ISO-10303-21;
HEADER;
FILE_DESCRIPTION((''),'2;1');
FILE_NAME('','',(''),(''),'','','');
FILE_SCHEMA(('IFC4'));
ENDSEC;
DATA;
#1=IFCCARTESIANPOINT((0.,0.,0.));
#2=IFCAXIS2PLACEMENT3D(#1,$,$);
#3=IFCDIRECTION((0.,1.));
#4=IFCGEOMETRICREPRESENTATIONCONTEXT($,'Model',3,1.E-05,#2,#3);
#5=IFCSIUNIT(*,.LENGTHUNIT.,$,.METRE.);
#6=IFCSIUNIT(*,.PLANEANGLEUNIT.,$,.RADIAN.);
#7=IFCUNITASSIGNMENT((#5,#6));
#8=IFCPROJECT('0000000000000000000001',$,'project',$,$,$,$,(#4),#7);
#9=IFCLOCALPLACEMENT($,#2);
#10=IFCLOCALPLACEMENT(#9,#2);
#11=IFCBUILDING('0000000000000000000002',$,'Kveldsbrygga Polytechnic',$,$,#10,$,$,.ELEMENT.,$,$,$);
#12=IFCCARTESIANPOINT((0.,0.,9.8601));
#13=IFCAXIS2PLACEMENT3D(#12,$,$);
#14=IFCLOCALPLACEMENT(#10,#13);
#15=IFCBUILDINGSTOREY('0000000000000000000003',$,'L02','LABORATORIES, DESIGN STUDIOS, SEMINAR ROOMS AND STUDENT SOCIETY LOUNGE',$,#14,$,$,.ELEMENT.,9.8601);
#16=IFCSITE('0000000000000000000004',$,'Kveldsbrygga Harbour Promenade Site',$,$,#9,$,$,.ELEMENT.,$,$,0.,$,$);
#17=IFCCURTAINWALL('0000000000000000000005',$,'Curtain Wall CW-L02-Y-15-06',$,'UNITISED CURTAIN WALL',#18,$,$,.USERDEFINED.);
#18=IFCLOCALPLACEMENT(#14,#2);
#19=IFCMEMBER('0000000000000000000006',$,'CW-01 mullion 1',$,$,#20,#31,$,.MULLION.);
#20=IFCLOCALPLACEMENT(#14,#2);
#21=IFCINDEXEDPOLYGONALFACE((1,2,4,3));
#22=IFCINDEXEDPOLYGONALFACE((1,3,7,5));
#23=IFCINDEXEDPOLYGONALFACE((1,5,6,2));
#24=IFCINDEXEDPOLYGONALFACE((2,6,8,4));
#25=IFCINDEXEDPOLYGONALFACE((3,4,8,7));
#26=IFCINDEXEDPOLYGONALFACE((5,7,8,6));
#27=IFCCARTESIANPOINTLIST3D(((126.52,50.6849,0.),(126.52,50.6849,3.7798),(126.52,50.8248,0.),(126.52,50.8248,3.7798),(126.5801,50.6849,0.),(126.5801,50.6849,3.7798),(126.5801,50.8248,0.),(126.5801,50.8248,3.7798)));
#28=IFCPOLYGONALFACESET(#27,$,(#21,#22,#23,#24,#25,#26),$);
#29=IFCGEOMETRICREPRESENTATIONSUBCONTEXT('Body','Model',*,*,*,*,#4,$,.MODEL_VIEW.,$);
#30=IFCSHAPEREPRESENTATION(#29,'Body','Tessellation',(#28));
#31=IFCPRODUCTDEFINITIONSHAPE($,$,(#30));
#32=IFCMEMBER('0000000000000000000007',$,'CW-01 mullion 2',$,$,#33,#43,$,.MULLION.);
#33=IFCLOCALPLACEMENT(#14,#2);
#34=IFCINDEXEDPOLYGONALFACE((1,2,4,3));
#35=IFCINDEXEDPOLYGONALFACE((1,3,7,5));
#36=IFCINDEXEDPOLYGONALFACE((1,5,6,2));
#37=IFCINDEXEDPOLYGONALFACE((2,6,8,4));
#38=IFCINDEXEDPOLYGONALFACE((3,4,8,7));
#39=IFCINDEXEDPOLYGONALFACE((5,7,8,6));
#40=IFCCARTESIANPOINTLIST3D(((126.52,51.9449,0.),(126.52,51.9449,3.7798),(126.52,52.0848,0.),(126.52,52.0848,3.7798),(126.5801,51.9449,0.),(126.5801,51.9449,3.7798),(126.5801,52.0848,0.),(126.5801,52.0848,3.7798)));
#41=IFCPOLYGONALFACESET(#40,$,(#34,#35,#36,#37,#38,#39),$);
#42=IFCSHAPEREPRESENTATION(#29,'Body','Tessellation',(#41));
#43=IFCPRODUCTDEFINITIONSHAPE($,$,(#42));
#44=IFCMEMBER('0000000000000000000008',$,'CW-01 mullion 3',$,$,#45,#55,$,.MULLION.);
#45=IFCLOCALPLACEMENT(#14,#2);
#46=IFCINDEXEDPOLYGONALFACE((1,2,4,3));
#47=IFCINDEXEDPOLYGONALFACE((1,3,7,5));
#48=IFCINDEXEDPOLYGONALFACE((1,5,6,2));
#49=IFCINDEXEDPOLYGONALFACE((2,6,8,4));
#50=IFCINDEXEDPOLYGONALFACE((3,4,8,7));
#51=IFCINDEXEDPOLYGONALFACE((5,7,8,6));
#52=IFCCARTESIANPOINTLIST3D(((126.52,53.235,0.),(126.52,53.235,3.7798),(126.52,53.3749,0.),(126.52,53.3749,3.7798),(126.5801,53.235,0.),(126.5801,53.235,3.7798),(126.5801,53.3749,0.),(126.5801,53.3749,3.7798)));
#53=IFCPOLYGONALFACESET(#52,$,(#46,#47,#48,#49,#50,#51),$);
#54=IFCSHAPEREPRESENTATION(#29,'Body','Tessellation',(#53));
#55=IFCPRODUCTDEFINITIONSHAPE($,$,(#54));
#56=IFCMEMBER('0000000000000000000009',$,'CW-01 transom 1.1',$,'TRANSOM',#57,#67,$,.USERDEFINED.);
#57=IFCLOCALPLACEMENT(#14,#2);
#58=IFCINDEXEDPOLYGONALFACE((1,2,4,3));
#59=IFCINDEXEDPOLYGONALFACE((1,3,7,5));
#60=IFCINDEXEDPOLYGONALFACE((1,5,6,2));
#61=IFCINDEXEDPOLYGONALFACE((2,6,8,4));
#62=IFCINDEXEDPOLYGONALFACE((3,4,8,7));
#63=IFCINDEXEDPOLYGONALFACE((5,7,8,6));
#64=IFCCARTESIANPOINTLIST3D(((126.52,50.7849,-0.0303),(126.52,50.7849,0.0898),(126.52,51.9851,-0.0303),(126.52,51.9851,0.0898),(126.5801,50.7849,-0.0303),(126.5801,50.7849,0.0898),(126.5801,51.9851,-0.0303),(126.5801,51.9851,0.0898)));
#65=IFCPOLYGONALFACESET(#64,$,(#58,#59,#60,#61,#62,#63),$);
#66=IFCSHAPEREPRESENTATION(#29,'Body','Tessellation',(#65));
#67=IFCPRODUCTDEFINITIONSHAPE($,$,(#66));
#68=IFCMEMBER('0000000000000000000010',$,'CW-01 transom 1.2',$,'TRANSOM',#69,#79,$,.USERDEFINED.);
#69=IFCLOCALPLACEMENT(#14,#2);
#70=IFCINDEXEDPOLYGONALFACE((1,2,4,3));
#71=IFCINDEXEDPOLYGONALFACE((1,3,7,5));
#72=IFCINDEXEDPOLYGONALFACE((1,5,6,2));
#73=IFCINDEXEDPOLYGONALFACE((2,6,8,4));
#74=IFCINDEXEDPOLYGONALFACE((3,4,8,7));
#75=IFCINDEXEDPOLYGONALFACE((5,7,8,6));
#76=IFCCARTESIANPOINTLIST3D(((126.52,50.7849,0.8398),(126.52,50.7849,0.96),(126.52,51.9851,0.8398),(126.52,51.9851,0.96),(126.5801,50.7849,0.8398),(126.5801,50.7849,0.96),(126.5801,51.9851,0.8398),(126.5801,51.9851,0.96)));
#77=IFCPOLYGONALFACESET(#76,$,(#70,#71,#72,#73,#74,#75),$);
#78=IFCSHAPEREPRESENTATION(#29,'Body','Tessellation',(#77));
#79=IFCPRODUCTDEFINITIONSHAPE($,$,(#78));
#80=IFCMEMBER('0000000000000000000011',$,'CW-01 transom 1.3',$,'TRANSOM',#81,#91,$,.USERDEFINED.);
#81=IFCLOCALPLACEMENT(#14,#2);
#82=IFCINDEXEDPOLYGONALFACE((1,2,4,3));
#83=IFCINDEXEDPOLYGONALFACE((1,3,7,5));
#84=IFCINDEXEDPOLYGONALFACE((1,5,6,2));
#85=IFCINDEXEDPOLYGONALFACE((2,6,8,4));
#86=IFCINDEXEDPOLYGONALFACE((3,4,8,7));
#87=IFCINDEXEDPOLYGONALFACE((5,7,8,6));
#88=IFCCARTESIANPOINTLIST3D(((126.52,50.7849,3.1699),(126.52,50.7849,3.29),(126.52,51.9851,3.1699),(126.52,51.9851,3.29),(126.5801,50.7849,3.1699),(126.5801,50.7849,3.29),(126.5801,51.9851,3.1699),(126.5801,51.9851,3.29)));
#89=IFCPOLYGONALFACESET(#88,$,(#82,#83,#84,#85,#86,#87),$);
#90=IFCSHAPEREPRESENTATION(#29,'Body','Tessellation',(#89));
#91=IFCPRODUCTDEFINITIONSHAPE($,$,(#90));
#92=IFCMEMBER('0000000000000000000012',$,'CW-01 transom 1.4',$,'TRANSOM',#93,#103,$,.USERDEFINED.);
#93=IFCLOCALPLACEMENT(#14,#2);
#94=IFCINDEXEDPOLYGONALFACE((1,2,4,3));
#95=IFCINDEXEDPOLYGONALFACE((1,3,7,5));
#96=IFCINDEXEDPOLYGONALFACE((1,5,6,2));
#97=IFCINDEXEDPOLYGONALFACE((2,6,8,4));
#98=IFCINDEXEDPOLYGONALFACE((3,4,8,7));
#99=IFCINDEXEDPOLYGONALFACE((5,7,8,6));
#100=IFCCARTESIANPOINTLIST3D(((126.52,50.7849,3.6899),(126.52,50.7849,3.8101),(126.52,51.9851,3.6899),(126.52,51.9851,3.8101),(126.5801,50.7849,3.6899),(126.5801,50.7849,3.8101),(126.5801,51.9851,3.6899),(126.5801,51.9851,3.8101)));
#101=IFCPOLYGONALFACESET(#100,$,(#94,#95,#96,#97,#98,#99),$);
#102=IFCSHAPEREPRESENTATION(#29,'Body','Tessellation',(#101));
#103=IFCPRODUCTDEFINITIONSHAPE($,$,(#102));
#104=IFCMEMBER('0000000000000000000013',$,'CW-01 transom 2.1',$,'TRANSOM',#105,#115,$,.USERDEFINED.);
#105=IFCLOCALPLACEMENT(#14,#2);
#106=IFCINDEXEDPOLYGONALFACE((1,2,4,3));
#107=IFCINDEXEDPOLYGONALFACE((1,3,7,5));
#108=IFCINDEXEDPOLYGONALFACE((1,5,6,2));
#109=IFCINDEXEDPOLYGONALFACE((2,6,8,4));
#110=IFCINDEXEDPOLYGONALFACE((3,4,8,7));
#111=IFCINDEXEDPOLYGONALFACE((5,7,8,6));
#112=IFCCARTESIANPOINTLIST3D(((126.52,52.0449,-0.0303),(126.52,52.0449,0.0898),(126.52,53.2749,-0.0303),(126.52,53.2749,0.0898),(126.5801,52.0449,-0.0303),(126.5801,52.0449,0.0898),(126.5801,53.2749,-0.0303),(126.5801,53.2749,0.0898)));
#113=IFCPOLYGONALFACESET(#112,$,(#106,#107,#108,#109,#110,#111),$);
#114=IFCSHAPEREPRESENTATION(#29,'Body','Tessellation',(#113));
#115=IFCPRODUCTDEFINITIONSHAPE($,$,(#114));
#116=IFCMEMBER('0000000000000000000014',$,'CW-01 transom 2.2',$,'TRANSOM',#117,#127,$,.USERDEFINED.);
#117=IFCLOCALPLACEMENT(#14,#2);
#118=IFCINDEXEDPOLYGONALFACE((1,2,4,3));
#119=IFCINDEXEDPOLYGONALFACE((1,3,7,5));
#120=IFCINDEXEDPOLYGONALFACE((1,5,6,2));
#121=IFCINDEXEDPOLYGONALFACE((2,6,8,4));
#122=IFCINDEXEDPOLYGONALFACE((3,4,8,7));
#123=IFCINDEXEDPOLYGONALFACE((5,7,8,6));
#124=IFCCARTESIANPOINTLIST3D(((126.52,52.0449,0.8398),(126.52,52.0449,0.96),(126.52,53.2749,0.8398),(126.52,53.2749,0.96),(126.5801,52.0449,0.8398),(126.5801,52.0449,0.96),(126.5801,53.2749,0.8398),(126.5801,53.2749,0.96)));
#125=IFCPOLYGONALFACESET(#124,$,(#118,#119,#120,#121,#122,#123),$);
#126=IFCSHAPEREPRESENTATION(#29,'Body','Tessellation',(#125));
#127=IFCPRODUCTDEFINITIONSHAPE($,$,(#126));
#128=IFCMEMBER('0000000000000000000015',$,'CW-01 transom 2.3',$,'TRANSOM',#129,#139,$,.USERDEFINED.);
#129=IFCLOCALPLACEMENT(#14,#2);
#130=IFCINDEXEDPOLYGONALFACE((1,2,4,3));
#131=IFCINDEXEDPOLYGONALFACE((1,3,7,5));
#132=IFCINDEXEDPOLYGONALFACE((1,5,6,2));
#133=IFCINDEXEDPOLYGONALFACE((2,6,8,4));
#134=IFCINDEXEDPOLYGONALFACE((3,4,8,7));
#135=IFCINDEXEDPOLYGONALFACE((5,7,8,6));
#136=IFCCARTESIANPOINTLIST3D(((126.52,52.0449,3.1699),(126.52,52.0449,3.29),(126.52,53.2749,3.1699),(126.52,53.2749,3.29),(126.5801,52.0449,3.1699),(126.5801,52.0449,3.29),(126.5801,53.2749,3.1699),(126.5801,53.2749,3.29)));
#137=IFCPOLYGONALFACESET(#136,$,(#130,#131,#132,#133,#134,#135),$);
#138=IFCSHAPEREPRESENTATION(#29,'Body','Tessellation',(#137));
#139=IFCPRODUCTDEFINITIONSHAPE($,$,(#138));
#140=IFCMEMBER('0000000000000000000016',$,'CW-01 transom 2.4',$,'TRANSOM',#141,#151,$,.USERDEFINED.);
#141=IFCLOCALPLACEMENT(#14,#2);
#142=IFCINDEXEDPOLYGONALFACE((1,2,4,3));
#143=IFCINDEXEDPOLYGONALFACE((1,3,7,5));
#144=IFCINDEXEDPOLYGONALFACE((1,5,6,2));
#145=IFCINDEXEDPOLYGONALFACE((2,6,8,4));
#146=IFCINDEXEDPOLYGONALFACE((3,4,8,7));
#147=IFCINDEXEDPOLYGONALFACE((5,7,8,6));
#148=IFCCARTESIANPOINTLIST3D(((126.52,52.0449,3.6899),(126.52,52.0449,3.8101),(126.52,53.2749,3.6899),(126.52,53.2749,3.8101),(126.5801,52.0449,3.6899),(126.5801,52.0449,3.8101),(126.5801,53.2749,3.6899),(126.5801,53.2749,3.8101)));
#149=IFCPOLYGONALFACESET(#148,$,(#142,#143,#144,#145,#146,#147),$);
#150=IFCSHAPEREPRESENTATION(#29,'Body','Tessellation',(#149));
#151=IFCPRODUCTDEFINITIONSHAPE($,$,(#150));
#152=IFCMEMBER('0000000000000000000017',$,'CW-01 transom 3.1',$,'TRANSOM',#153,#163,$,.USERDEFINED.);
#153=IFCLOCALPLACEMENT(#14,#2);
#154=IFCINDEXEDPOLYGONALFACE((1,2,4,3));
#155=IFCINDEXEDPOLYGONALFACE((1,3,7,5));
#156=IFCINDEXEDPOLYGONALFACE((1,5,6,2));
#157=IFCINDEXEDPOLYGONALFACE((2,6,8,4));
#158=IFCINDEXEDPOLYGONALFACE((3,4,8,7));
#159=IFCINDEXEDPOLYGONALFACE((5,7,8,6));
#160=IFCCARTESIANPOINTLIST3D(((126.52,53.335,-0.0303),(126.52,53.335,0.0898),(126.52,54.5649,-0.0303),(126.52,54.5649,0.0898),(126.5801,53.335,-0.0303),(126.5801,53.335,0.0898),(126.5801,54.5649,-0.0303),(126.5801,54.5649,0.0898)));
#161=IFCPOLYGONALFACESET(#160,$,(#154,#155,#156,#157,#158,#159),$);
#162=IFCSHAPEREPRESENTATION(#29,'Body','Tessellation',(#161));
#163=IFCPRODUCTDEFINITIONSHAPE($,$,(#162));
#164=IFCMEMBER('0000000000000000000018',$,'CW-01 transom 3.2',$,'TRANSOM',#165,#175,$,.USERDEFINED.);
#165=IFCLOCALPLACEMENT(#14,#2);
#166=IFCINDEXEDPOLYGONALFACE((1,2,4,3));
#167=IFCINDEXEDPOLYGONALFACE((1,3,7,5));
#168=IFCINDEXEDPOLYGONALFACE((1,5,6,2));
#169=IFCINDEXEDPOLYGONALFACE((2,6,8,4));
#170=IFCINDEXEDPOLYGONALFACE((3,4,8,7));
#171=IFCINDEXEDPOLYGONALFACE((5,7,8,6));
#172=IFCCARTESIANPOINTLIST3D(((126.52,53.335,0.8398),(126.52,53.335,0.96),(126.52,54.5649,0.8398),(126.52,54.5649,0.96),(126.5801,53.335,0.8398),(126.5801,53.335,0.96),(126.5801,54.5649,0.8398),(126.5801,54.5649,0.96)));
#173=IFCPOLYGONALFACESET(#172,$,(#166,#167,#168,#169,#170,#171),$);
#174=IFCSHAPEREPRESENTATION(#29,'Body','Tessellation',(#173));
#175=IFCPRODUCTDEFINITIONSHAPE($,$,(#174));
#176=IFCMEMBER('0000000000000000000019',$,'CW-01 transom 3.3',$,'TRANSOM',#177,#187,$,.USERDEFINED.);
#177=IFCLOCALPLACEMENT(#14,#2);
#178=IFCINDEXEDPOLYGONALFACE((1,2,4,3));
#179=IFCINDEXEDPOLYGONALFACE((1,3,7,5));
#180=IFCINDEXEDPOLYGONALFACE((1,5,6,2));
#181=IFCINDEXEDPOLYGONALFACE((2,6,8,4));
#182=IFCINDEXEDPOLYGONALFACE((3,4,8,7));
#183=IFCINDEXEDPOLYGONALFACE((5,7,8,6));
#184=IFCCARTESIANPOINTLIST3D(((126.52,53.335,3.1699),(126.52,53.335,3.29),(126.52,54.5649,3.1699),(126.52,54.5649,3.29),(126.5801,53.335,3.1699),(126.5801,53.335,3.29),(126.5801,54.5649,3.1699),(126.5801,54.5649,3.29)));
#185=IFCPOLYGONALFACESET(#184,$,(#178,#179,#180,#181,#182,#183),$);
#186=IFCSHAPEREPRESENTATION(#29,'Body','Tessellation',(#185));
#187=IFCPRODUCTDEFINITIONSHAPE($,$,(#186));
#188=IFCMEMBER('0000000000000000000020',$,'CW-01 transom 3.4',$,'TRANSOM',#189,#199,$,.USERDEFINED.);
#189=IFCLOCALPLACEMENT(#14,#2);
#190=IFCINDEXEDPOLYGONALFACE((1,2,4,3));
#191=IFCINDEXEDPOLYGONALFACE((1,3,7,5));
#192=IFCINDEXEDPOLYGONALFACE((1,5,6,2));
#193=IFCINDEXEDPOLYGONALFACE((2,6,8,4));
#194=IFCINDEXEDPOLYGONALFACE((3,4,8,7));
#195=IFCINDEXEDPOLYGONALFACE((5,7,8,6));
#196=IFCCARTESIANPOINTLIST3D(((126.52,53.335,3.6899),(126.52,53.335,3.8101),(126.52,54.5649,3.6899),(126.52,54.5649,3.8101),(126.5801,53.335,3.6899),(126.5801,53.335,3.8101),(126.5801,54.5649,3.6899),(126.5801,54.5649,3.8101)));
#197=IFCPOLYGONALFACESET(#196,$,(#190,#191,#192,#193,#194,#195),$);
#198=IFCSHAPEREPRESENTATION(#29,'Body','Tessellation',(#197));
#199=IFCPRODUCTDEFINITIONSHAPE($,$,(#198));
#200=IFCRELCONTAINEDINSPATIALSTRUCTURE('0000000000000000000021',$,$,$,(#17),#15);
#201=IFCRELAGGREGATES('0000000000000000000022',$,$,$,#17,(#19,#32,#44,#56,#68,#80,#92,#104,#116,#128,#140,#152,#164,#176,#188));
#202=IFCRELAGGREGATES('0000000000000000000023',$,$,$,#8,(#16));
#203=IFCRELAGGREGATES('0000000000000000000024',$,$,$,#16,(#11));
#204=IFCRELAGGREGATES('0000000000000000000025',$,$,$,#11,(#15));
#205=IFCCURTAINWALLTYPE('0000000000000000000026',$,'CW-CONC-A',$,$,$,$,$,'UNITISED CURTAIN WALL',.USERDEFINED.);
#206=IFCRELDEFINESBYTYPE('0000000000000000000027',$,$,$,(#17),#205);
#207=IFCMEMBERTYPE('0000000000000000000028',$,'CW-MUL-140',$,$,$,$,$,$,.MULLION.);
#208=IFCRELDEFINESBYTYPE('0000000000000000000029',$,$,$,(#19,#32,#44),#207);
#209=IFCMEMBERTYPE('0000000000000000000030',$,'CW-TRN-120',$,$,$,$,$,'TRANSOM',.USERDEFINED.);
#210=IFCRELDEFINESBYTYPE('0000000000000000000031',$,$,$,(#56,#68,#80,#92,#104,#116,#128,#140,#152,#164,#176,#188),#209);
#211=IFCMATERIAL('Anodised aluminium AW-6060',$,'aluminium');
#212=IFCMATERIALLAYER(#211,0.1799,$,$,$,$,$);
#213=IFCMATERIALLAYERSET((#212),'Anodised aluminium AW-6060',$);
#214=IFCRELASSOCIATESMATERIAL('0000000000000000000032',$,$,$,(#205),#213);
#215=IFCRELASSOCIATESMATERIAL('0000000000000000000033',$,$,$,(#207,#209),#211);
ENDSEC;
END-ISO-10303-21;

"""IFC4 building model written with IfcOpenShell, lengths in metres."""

from ifc_helpers import new_model, si_unit, direction, frame, origin, origin_2d, place, context, subcontext, project, spatial, rectangle, extrude, material, layer, layer_set, material_profile, profile_set, type_object, element, aggregate, save


model = new_model("IFC4")

# Units and contexts
model_context = context("Model", 3, precision=1e-05, world=origin(), true_north=direction((0.0, 1.0)))
body_context = subcontext(model_context, "Body", "Model", "MODEL_VIEW")
ifc_project = project(units=[si_unit("LENGTHUNIT", "METRE"), si_unit("PLANEANGLEUNIT", "RADIAN")], contexts=[model_context])

# Site, building, storey
site_placement = place(None, origin())
site = spatial("IfcSite", under=ifc_project, at=site_placement, Name="Kveldsbrygga Harbour Promenade Site", CompositionType="ELEMENT", RefElevation=0.0)
building_placement = place(site_placement, origin())
building = spatial("IfcBuilding", under=site, at=building_placement, Name="Kveldsbrygga Polytechnic", CompositionType="ELEMENT")
storey_placement = place(building_placement, frame((0.0, 0.0, 9.8601)))
storey = spatial("IfcBuildingStorey", under=building, at=storey_placement, Name="L02", Description="LABORATORIES, DESIGN STUDIOS, SEMINAR ROOMS AND STUDENT SOCIETY LOUNGE", CompositionType="ELEMENT", Elevation=9.8601)

# Curtain wall, members
ifc_material_1 = material(Name="Anodised aluminium AW-6060", Category="aluminium")
ifc_layer_1 = layer(ifc_material_1, 0.1799)
ifc_layer_set_1 = layer_set([ifc_layer_1], Name="Anodised aluminium AW-6060")
curtain_wall_type = type_object("IfcCurtainWallType", Name="CW-CONC-A", ElementType="UNITISED CURTAIN WALL", PredefinedType="USERDEFINED", material=ifc_layer_set_1)
curtain_wall_placement = place(storey_placement, origin())
curtain_wall = element("IfcCurtainWall", 1, at=curtain_wall_placement, inside=storey, type_object=curtain_wall_type, Name="Curtain Wall CW-L02-Y-15-06", ObjectType="UNITISED CURTAIN WALL", PredefinedType="USERDEFINED")
ifc_material_profile_1 = material_profile(ifc_material_1, rectangle(XDim=0.0601, YDim=0.1399, at=origin_2d()), Name="ALU 60x140")
ifc_profile_set_1 = profile_set([ifc_material_profile_1], Name="Anodised aluminium AW-6060")
member_type_1 = type_object("IfcMemberType", Name="CW-MUL-140", PredefinedType="MULLION", material=ifc_profile_set_1)
member_1_placement = place(storey_placement, frame((126.55, 50.7549, 0.0), z_axis=(0.0, 0.0, 1.0), x_axis=(-1.0, 0.0, 0.0)))
member_1 = element("IfcMember", 2, at=member_1_placement, type_object=member_type_1, Name="CW-01 mullion 1", PredefinedType="MULLION", context=body_context, shape_type="SweptSolid", body=[
    extrude(rectangle(XDim=0.0601, YDim=0.1399, at=origin_2d()), origin(), (0.0, 0.0, 1.0), 3.7798),
])
member_2_placement = place(storey_placement, frame((126.55, 52.0149, 0.0), z_axis=(0.0, 0.0, 1.0), x_axis=(-1.0, 0.0, 0.0)))
member_2 = element("IfcMember", 3, at=member_2_placement, type_object=member_type_1, Name="CW-01 mullion 2", PredefinedType="MULLION", context=body_context, shape_type="SweptSolid", body=[
    extrude(rectangle(XDim=0.0601, YDim=0.1399, at=origin_2d()), origin(), (0.0, 0.0, 1.0), 3.7798),
])
member_3_placement = place(storey_placement, frame((126.55, 53.3049, 0.0), z_axis=(0.0, 0.0, 1.0), x_axis=(-1.0, 0.0, 0.0)))
member_3 = element("IfcMember", 4, at=member_3_placement, type_object=member_type_1, Name="CW-01 mullion 3", PredefinedType="MULLION", context=body_context, shape_type="SweptSolid", body=[
    extrude(rectangle(XDim=0.0601, YDim=0.1399, at=origin_2d()), origin(), (0.0, 0.0, 1.0), 3.7798),
])
ifc_material_profile_2 = material_profile(ifc_material_1, rectangle(XDim=0.0601, YDim=0.1201, at=origin_2d()), Name="ALU 60x120")
ifc_profile_set_2 = profile_set([ifc_material_profile_2], Name="Anodised aluminium AW-6060")
member_type_2 = type_object("IfcMemberType", Name="CW-TRN-120", ElementType="TRANSOM", PredefinedType="USERDEFINED", material=ifc_profile_set_2)
member_4_placement = place(storey_placement, frame((126.55, 50.7849, 0.0298), z_axis=(0.0, 1.0, 0.0), x_axis=(-1.0, 0.0, 0.0)))
member_4 = element("IfcMember", 5, at=member_4_placement, type_object=member_type_2, Name="CW-01 transom 1.1", ObjectType="TRANSOM", PredefinedType="USERDEFINED", context=body_context, shape_type="SweptSolid", body=[
    extrude(rectangle(XDim=0.0601, YDim=0.1201, at=origin_2d()), origin(), (0.0, 0.0, 1.0), 1.2002),
])
member_5_placement = place(storey_placement, frame((126.55, 50.7849, 0.8999), z_axis=(0.0, 1.0, 0.0), x_axis=(-1.0, 0.0, 0.0)))
member_5 = element("IfcMember", 6, at=member_5_placement, type_object=member_type_2, Name="CW-01 transom 1.2", ObjectType="TRANSOM", PredefinedType="USERDEFINED", context=body_context, shape_type="SweptSolid", body=[
    extrude(rectangle(XDim=0.0601, YDim=0.1201, at=origin_2d()), origin(), (0.0, 0.0, 1.0), 1.2002),
])
member_6_placement = place(storey_placement, frame((126.55, 50.7849, 3.23), z_axis=(0.0, 1.0, 0.0), x_axis=(-1.0, 0.0, 0.0)))
member_6 = element("IfcMember", 7, at=member_6_placement, type_object=member_type_2, Name="CW-01 transom 1.3", ObjectType="TRANSOM", PredefinedType="USERDEFINED", context=body_context, shape_type="SweptSolid", body=[
    extrude(rectangle(XDim=0.0601, YDim=0.1201, at=origin_2d()), origin(), (0.0, 0.0, 1.0), 1.2002),
])
member_7_placement = place(storey_placement, frame((126.55, 50.7849, 3.75), z_axis=(0.0, 1.0, 0.0), x_axis=(-1.0, 0.0, 0.0)))
member_7 = element("IfcMember", 8, at=member_7_placement, type_object=member_type_2, Name="CW-01 transom 1.4", ObjectType="TRANSOM", PredefinedType="USERDEFINED", context=body_context, shape_type="SweptSolid", body=[
    extrude(rectangle(XDim=0.0601, YDim=0.1201, at=origin_2d()), origin(), (0.0, 0.0, 1.0), 1.2002),
])
member_8_placement = place(storey_placement, frame((126.55, 52.0449, 0.0298), z_axis=(0.0, 1.0, 0.0), x_axis=(-1.0, 0.0, 0.0)))
member_8 = element("IfcMember", 9, at=member_8_placement, type_object=member_type_2, Name="CW-01 transom 2.1", ObjectType="TRANSOM", PredefinedType="USERDEFINED", context=body_context, shape_type="SweptSolid", body=[
    extrude(rectangle(XDim=0.0601, YDim=0.1201, at=origin_2d()), origin(), (0.0, 0.0, 1.0), 1.23),
])
member_9_placement = place(storey_placement, frame((126.55, 52.0449, 0.8999), z_axis=(0.0, 1.0, 0.0), x_axis=(-1.0, 0.0, 0.0)))
member_9 = element("IfcMember", 10, at=member_9_placement, type_object=member_type_2, Name="CW-01 transom 2.2", ObjectType="TRANSOM", PredefinedType="USERDEFINED", context=body_context, shape_type="SweptSolid", body=[
    extrude(rectangle(XDim=0.0601, YDim=0.1201, at=origin_2d()), origin(), (0.0, 0.0, 1.0), 1.23),
])
member_10_placement = place(storey_placement, frame((126.55, 52.0449, 3.23), z_axis=(0.0, 1.0, 0.0), x_axis=(-1.0, 0.0, 0.0)))
member_10 = element("IfcMember", 11, at=member_10_placement, type_object=member_type_2, Name="CW-01 transom 2.3", ObjectType="TRANSOM", PredefinedType="USERDEFINED", context=body_context, shape_type="SweptSolid", body=[
    extrude(rectangle(XDim=0.0601, YDim=0.1201, at=origin_2d()), origin(), (0.0, 0.0, 1.0), 1.23),
])
member_11_placement = place(storey_placement, frame((126.55, 52.0449, 3.75), z_axis=(0.0, 1.0, 0.0), x_axis=(-1.0, 0.0, 0.0)))
member_11 = element("IfcMember", 12, at=member_11_placement, type_object=member_type_2, Name="CW-01 transom 2.4", ObjectType="TRANSOM", PredefinedType="USERDEFINED", context=body_context, shape_type="SweptSolid", body=[
    extrude(rectangle(XDim=0.0601, YDim=0.1201, at=origin_2d()), origin(), (0.0, 0.0, 1.0), 1.23),
])
member_12_placement = place(storey_placement, frame((126.55, 53.335, 0.0298), z_axis=(0.0, 1.0, 0.0), x_axis=(-1.0, 0.0, 0.0)))
member_12 = element("IfcMember", 13, at=member_12_placement, type_object=member_type_2, Name="CW-01 transom 3.1", ObjectType="TRANSOM", PredefinedType="USERDEFINED", context=body_context, shape_type="SweptSolid", body=[
    extrude(rectangle(XDim=0.0601, YDim=0.1201, at=origin_2d()), origin(), (0.0, 0.0, 1.0), 1.23),
])
member_13_placement = place(storey_placement, frame((126.55, 53.335, 0.8999), z_axis=(0.0, 1.0, 0.0), x_axis=(-1.0, 0.0, 0.0)))
member_13 = element("IfcMember", 14, at=member_13_placement, type_object=member_type_2, Name="CW-01 transom 3.2", ObjectType="TRANSOM", PredefinedType="USERDEFINED", context=body_context, shape_type="SweptSolid", body=[
    extrude(rectangle(XDim=0.0601, YDim=0.1201, at=origin_2d()), origin(), (0.0, 0.0, 1.0), 1.23),
])
member_14_placement = place(storey_placement, frame((126.55, 53.335, 3.23), z_axis=(0.0, 1.0, 0.0), x_axis=(-1.0, 0.0, 0.0)))
member_14 = element("IfcMember", 15, at=member_14_placement, type_object=member_type_2, Name="CW-01 transom 3.3", ObjectType="TRANSOM", PredefinedType="USERDEFINED", context=body_context, shape_type="SweptSolid", body=[
    extrude(rectangle(XDim=0.0601, YDim=0.1201, at=origin_2d()), origin(), (0.0, 0.0, 1.0), 1.23),
])
member_15_placement = place(storey_placement, frame((126.55, 53.335, 3.75), z_axis=(0.0, 1.0, 0.0), x_axis=(-1.0, 0.0, 0.0)))
member_15 = element("IfcMember", 16, at=member_15_placement, type_object=member_type_2, Name="CW-01 transom 3.4", ObjectType="TRANSOM", PredefinedType="USERDEFINED", context=body_context, shape_type="SweptSolid", body=[
    extrude(rectangle(XDim=0.0601, YDim=0.1201, at=origin_2d()), origin(), (0.0, 0.0, 1.0), 1.23),
])
aggregate(curtain_wall, [member_1, member_2, member_3, member_4, member_5, member_6, member_7, member_8, member_9, member_10, member_11, member_12, member_13, member_14, member_15])

save(model, "model.ifc")
